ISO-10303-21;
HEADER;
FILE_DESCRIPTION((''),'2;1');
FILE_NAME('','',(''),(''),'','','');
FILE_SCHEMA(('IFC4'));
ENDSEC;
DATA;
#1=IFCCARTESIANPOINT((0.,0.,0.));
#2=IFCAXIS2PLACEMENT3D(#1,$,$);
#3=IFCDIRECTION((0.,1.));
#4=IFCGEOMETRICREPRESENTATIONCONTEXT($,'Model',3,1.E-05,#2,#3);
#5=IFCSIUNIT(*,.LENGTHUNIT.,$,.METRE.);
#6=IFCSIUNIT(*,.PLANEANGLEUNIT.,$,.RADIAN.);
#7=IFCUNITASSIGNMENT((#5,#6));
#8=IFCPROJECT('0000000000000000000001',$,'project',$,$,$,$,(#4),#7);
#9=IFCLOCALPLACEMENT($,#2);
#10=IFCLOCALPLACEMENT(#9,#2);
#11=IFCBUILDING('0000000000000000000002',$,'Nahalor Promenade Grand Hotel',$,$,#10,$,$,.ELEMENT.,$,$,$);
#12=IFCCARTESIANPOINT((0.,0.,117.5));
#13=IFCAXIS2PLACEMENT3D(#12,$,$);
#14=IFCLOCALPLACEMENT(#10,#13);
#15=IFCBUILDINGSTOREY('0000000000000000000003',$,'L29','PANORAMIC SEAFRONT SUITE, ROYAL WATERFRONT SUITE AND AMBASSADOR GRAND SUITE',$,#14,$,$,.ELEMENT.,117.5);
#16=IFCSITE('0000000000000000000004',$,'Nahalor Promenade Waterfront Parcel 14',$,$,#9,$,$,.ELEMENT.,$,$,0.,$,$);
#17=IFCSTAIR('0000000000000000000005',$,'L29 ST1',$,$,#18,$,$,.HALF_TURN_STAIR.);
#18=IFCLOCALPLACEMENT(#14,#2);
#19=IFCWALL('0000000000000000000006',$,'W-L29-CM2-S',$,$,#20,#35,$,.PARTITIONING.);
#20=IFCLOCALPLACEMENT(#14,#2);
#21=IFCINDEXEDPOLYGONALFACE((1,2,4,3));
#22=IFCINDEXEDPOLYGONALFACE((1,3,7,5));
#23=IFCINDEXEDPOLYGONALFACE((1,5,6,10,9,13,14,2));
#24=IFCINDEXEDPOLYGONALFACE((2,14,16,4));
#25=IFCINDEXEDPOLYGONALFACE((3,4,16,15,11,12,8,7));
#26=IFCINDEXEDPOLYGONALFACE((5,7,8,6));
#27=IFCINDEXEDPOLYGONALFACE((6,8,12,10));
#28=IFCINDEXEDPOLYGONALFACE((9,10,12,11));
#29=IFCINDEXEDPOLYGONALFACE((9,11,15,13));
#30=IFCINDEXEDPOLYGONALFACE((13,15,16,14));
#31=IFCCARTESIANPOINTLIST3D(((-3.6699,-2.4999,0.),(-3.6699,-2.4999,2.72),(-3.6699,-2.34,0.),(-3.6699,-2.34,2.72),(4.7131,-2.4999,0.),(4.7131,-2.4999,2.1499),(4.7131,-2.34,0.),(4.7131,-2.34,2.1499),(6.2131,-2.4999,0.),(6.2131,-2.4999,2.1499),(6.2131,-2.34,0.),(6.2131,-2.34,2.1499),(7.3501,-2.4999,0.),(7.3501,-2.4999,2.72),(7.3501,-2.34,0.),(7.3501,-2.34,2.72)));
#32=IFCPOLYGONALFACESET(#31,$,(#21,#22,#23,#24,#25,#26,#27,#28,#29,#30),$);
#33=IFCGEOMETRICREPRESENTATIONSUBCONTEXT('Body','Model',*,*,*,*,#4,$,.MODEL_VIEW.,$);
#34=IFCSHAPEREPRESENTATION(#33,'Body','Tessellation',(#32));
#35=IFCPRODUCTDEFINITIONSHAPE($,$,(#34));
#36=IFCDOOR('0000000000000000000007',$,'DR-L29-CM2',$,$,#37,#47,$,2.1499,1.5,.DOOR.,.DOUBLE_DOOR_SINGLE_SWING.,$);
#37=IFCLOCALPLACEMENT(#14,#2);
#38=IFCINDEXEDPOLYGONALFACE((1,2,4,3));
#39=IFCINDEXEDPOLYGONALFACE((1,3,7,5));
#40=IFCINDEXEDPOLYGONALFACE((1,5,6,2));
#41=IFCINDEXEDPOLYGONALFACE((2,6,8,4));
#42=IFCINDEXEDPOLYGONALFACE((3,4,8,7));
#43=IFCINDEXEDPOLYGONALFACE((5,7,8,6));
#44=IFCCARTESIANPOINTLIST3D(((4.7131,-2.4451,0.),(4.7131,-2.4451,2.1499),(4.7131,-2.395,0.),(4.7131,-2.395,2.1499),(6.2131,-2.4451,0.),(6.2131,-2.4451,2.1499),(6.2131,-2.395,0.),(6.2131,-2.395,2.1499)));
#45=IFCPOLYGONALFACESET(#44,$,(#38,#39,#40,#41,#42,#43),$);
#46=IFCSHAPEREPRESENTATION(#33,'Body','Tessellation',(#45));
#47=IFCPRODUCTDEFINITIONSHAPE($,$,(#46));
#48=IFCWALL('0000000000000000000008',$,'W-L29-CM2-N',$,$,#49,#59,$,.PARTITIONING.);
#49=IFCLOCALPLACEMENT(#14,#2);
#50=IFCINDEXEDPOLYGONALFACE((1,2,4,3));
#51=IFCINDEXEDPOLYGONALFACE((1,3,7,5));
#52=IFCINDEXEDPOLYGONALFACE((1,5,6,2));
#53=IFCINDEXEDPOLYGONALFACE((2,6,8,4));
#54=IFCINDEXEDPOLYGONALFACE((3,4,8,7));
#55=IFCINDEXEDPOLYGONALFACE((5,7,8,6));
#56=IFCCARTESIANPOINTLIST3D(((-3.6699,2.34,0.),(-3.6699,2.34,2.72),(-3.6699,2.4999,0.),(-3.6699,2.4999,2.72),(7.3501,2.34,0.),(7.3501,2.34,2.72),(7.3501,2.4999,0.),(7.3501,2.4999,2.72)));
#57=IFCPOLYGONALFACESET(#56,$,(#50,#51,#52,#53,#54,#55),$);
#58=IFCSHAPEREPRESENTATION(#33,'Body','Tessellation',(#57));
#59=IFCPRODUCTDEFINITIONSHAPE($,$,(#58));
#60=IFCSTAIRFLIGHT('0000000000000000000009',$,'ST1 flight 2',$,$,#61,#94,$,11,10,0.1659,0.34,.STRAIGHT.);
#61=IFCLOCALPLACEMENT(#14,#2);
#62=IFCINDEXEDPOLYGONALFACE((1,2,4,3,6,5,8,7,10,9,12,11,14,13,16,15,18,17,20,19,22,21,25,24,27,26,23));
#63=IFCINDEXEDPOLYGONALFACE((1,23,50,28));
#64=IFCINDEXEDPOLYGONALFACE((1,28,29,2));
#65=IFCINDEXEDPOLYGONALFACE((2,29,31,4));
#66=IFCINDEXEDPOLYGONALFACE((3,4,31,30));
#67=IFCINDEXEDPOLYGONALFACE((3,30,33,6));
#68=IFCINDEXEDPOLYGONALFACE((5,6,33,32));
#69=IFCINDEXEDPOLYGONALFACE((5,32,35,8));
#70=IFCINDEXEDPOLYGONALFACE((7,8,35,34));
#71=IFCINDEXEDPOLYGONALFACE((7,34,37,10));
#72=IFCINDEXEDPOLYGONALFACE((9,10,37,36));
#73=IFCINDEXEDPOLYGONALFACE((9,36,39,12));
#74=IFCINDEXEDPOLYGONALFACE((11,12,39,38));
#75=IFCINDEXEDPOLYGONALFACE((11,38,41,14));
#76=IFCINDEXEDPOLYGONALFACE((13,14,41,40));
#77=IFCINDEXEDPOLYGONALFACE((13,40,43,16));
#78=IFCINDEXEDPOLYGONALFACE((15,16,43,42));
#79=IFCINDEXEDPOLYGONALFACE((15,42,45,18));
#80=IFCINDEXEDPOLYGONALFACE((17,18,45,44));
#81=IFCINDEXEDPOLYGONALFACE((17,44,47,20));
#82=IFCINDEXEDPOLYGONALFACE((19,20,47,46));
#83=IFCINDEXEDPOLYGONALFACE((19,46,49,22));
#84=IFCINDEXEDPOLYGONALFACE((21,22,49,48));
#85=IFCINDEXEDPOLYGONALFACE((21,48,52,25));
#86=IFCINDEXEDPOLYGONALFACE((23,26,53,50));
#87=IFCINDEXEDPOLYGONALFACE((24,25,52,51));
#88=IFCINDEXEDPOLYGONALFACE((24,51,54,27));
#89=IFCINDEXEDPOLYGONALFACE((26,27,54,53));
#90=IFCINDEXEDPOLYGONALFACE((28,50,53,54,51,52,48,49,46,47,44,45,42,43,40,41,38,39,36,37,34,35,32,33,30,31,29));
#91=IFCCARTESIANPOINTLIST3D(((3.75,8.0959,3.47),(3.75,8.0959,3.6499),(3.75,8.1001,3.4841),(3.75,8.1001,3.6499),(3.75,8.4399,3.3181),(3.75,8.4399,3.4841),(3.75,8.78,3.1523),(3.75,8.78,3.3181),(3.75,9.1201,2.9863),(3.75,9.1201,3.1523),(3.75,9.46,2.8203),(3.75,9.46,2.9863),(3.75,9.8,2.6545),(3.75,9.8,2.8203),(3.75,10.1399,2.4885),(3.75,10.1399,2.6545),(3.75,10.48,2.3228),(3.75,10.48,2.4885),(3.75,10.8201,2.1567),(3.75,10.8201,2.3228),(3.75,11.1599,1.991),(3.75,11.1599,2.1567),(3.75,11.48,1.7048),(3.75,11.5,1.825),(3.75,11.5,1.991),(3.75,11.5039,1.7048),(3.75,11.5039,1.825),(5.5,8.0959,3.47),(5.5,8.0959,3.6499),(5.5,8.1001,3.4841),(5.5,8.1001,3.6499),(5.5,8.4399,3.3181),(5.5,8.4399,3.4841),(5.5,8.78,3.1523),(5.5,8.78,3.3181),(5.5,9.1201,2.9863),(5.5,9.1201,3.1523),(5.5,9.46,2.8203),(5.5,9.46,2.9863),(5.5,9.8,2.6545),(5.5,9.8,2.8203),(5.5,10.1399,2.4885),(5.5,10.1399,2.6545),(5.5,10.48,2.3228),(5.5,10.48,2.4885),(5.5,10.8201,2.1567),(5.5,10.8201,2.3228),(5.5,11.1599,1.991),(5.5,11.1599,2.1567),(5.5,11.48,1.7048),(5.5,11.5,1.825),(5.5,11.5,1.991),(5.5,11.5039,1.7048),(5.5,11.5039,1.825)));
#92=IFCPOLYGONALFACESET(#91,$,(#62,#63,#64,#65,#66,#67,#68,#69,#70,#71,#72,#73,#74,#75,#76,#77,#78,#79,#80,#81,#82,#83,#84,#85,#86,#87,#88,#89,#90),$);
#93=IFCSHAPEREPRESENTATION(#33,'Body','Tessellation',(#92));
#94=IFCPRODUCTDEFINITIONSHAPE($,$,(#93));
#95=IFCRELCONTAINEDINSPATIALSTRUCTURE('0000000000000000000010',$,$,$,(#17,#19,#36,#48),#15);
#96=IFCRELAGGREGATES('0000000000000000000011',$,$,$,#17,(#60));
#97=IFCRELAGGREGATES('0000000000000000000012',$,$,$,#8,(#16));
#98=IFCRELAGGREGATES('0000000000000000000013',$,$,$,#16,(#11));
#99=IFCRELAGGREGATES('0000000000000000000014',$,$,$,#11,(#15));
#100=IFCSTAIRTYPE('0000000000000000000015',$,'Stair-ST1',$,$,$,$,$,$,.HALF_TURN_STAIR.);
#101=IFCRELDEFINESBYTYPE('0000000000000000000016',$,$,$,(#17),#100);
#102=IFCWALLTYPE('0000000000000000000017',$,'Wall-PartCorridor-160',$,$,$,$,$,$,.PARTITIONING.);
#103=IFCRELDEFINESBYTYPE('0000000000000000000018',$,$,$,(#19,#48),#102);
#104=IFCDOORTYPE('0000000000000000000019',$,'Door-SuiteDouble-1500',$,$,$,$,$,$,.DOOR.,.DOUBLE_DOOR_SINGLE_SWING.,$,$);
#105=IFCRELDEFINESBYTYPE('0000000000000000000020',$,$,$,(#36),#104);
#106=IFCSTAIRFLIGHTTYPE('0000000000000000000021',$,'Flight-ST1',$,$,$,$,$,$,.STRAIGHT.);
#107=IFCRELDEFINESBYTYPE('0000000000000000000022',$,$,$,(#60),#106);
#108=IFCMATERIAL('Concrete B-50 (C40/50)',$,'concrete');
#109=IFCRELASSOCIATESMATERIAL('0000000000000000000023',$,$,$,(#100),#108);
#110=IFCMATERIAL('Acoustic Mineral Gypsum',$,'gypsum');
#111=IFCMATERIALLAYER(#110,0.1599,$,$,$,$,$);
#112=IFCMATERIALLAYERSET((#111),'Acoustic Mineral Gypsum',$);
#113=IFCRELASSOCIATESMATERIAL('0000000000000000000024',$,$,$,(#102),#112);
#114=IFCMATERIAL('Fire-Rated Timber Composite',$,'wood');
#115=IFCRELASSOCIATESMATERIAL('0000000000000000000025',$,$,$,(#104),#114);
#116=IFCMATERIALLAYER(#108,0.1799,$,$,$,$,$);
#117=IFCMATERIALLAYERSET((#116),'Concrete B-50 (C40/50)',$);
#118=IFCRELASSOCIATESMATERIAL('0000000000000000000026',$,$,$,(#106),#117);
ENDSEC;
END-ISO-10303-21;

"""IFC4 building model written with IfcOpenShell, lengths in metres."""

from ifc_helpers import new_model, si_unit, direction, frame, frame_2d, origin, place, context, subcontext, project, spatial, polyline, rectangle, outline, extrude, source, transform, mapped, material, layer, layer_set, type_object, element, fill, aggregate, save


model = new_model("IFC4")

# Units and contexts
model_context = context("Model", 3, precision=1e-05, world=origin(), true_north=direction((0.0, 1.0)))
body_context = subcontext(model_context, "Body", "Model", "MODEL_VIEW")
ifc_project = project(units=[si_unit("LENGTHUNIT", "METRE"), si_unit("PLANEANGLEUNIT", "RADIAN")], contexts=[model_context])

# Site, building, storey
site_placement = place(None, origin())
site = spatial("IfcSite", under=ifc_project, at=site_placement, Name="Nahalor Promenade Waterfront Parcel 14", CompositionType="ELEMENT", RefElevation=0.0)
building_placement = place(site_placement, origin())
building = spatial("IfcBuilding", under=site, at=building_placement, Name="Nahalor Promenade Grand Hotel", CompositionType="ELEMENT")
storey_placement = place(building_placement, frame((0.0, 0.0, 117.5)))
storey = spatial("IfcBuildingStorey", under=building, at=storey_placement, Name="L29", Description="PANORAMIC SEAFRONT SUITE, ROYAL WATERFRONT SUITE AND AMBASSADOR GRAND SUITE", CompositionType="ELEMENT", Elevation=117.5)

# Stair
ifc_material_1 = material(Name="Concrete B-50 (C40/50)", Category="concrete")
stair_type_1 = type_object("IfcStairType", Name="Stair-ST1", PredefinedType="HALF_TURN_STAIR", material=ifc_material_1)
stair_1_placement = place(storey_placement, origin())
stair_1 = element("IfcStair", 1, at=stair_1_placement, inside=storey, type_object=stair_type_1, Name="L29 ST1", PredefinedType="HALF_TURN_STAIR")

# Shared definitions
ifc_material_2 = material(Name="Acoustic Mineral Gypsum", Category="gypsum")
ifc_layer_1 = layer(ifc_material_2, 0.1599)
ifc_layer_set_1 = layer_set([ifc_layer_1], Name="Acoustic Mineral Gypsum")
wall_type_1 = type_object("IfcWallType", Name="Wall-PartCorridor-160", PredefinedType="PARTITIONING", material=ifc_layer_set_1)

# Wall, opening, door
shared_shape_1 = source(origin(), body_context, "Body", "SweptSolid", [
    extrude(rectangle(XDim=11.02, YDim=0.1599, at=frame_2d((5.51, 0.0))), origin(), (0.0, 0.0, 1.0), 2.72),
])
wall_1_placement = place(storey_placement, frame((-3.6699, -2.4199, 0.0), z_axis=(0.0, 0.0, 1.0), x_axis=(1.0, 0.0, 0.0)))
wall_1 = element("IfcWall", 2, at=wall_1_placement, inside=storey, type_object=wall_type_1, Name="W-L29-CM2-S", PredefinedType="PARTITIONING", context=body_context, shape_type="MappedRepresentation", body=[
    mapped(shared_shape_1, transform((0.0, 0.0, 0.0), scale=1.0)),
])
opening_placement = place(wall_1_placement, frame((8.3831, 0.0, 0.0)))
opening = element("IfcOpeningElement", 3, at=opening_placement, cuts=wall_1, PredefinedType="OPENING", context=body_context, shape_type="SweptSolid", body=[
    extrude(rectangle(XDim=1.5, YDim=2.1499, at=frame_2d((0.75, 1.075))), frame((0.0, 0.0898, 0.0), z_axis=(0.0, -1.0, 0.0), x_axis=(1.0, 0.0, 0.0)), (0.0, 0.0, 1.0), 0.1799),
])
ifc_material_3 = material(Name="Fire-Rated Timber Composite", Category="wood")
door_type = type_object("IfcDoorType", Name="Door-SuiteDouble-1500", OperationType="DOUBLE_DOOR_SINGLE_SWING", PredefinedType="DOOR", material=ifc_material_3)
shared_shape_2 = source(origin(), body_context, "Body", "SweptSolid", [
    extrude(rectangle(XDim=1.5, YDim=2.1499, at=frame_2d((0.75, 1.075))), frame((0.0, 0.0249, 0.0), z_axis=(0.0, -1.0, 0.0), x_axis=(1.0, 0.0, 0.0)), (0.0, 0.0, 1.0), 0.05),
])
door_placement = place(opening_placement, origin())
door = element("IfcDoor", 4, at=door_placement, inside=storey, type_object=door_type, Name="DR-L29-CM2", OperationType="DOUBLE_DOOR_SINGLE_SWING", OverallHeight=2.1499, OverallWidth=1.5, PredefinedType="DOOR", context=body_context, shape_type="MappedRepresentation", body=[
    mapped(shared_shape_2, transform((0.0, 0.0, 0.0), scale=1.0)),
])
fill(opening, door)

# Wall
wall_2_placement = place(storey_placement, frame((-3.6699, 2.4199, 0.0), z_axis=(0.0, 0.0, 1.0), x_axis=(1.0, 0.0, 0.0)))
element("IfcWall", 5, at=wall_2_placement, inside=storey, type_object=wall_type_1, Name="W-L29-CM2-N", PredefinedType="PARTITIONING", context=body_context, shape_type="MappedRepresentation", body=[
    mapped(shared_shape_1, transform((0.0, 0.0, 0.0), scale=1.0)),
])

# Stair flight
ifc_layer_2 = layer(ifc_material_1, 0.1799)
ifc_layer_set_2 = layer_set([ifc_layer_2], Name="Concrete B-50 (C40/50)")
stair_flight_type = type_object("IfcStairFlightType", Name="Flight-ST1", PredefinedType="STRAIGHT", material=ifc_layer_set_2)
shared_shape_3 = source(origin(), body_context, "Body", "SweptSolid", [
    extrude(outline(polyline([(-0.0039, -0.1201), (-0.0039, 0.0), (0.0, 0.0), (0.0, 0.166), (0.3401, 0.166), (0.3401, 0.3318), (0.6799, 0.3318), (0.6799, 0.4978), (1.02, 0.4978), (1.02, 0.6636), (1.3601, 0.6636), (1.3601, 0.8296), (1.7, 0.8296), (1.7, 0.9954), (2.04, 0.9954), (2.04, 1.1614), (2.3799, 1.1614), (2.3799, 1.3274), (2.72, 1.3274), (2.72, 1.4932), (3.0601, 1.4932), (3.0601, 1.6592), (3.3999, 1.6592), (3.3999, 1.825), (3.4041, 1.825), (3.4041, 1.645), (0.02, -0.1201), (-0.0039, -0.1201)])), frame((0.0, 0.875, 0.0), z_axis=(0.0, -1.0, 0.0), x_axis=(1.0, 0.0, 0.0)), (0.0, 0.0, 1.0), 1.75),
])
stair_flight_placement = place(storey_placement, frame((4.625, 11.5, 1.825), z_axis=(0.0, 0.0, 1.0), x_axis=(0.0, -1.0, 0.0)))
stair_flight = element("IfcStairFlight", 6, at=stair_flight_placement, type_object=stair_flight_type, Name="ST1 flight 2", NumberOfRisers=11, NumberOfTreads=10, PredefinedType="STRAIGHT", RiserHeight=0.1659, TreadLength=0.34, context=body_context, shape_type="MappedRepresentation", body=[
    mapped(shared_shape_3, transform((0.0, 0.0, 0.0), scale=1.0)),
])
aggregate(stair_1, [stair_flight])

save(model, "model.ifc")
